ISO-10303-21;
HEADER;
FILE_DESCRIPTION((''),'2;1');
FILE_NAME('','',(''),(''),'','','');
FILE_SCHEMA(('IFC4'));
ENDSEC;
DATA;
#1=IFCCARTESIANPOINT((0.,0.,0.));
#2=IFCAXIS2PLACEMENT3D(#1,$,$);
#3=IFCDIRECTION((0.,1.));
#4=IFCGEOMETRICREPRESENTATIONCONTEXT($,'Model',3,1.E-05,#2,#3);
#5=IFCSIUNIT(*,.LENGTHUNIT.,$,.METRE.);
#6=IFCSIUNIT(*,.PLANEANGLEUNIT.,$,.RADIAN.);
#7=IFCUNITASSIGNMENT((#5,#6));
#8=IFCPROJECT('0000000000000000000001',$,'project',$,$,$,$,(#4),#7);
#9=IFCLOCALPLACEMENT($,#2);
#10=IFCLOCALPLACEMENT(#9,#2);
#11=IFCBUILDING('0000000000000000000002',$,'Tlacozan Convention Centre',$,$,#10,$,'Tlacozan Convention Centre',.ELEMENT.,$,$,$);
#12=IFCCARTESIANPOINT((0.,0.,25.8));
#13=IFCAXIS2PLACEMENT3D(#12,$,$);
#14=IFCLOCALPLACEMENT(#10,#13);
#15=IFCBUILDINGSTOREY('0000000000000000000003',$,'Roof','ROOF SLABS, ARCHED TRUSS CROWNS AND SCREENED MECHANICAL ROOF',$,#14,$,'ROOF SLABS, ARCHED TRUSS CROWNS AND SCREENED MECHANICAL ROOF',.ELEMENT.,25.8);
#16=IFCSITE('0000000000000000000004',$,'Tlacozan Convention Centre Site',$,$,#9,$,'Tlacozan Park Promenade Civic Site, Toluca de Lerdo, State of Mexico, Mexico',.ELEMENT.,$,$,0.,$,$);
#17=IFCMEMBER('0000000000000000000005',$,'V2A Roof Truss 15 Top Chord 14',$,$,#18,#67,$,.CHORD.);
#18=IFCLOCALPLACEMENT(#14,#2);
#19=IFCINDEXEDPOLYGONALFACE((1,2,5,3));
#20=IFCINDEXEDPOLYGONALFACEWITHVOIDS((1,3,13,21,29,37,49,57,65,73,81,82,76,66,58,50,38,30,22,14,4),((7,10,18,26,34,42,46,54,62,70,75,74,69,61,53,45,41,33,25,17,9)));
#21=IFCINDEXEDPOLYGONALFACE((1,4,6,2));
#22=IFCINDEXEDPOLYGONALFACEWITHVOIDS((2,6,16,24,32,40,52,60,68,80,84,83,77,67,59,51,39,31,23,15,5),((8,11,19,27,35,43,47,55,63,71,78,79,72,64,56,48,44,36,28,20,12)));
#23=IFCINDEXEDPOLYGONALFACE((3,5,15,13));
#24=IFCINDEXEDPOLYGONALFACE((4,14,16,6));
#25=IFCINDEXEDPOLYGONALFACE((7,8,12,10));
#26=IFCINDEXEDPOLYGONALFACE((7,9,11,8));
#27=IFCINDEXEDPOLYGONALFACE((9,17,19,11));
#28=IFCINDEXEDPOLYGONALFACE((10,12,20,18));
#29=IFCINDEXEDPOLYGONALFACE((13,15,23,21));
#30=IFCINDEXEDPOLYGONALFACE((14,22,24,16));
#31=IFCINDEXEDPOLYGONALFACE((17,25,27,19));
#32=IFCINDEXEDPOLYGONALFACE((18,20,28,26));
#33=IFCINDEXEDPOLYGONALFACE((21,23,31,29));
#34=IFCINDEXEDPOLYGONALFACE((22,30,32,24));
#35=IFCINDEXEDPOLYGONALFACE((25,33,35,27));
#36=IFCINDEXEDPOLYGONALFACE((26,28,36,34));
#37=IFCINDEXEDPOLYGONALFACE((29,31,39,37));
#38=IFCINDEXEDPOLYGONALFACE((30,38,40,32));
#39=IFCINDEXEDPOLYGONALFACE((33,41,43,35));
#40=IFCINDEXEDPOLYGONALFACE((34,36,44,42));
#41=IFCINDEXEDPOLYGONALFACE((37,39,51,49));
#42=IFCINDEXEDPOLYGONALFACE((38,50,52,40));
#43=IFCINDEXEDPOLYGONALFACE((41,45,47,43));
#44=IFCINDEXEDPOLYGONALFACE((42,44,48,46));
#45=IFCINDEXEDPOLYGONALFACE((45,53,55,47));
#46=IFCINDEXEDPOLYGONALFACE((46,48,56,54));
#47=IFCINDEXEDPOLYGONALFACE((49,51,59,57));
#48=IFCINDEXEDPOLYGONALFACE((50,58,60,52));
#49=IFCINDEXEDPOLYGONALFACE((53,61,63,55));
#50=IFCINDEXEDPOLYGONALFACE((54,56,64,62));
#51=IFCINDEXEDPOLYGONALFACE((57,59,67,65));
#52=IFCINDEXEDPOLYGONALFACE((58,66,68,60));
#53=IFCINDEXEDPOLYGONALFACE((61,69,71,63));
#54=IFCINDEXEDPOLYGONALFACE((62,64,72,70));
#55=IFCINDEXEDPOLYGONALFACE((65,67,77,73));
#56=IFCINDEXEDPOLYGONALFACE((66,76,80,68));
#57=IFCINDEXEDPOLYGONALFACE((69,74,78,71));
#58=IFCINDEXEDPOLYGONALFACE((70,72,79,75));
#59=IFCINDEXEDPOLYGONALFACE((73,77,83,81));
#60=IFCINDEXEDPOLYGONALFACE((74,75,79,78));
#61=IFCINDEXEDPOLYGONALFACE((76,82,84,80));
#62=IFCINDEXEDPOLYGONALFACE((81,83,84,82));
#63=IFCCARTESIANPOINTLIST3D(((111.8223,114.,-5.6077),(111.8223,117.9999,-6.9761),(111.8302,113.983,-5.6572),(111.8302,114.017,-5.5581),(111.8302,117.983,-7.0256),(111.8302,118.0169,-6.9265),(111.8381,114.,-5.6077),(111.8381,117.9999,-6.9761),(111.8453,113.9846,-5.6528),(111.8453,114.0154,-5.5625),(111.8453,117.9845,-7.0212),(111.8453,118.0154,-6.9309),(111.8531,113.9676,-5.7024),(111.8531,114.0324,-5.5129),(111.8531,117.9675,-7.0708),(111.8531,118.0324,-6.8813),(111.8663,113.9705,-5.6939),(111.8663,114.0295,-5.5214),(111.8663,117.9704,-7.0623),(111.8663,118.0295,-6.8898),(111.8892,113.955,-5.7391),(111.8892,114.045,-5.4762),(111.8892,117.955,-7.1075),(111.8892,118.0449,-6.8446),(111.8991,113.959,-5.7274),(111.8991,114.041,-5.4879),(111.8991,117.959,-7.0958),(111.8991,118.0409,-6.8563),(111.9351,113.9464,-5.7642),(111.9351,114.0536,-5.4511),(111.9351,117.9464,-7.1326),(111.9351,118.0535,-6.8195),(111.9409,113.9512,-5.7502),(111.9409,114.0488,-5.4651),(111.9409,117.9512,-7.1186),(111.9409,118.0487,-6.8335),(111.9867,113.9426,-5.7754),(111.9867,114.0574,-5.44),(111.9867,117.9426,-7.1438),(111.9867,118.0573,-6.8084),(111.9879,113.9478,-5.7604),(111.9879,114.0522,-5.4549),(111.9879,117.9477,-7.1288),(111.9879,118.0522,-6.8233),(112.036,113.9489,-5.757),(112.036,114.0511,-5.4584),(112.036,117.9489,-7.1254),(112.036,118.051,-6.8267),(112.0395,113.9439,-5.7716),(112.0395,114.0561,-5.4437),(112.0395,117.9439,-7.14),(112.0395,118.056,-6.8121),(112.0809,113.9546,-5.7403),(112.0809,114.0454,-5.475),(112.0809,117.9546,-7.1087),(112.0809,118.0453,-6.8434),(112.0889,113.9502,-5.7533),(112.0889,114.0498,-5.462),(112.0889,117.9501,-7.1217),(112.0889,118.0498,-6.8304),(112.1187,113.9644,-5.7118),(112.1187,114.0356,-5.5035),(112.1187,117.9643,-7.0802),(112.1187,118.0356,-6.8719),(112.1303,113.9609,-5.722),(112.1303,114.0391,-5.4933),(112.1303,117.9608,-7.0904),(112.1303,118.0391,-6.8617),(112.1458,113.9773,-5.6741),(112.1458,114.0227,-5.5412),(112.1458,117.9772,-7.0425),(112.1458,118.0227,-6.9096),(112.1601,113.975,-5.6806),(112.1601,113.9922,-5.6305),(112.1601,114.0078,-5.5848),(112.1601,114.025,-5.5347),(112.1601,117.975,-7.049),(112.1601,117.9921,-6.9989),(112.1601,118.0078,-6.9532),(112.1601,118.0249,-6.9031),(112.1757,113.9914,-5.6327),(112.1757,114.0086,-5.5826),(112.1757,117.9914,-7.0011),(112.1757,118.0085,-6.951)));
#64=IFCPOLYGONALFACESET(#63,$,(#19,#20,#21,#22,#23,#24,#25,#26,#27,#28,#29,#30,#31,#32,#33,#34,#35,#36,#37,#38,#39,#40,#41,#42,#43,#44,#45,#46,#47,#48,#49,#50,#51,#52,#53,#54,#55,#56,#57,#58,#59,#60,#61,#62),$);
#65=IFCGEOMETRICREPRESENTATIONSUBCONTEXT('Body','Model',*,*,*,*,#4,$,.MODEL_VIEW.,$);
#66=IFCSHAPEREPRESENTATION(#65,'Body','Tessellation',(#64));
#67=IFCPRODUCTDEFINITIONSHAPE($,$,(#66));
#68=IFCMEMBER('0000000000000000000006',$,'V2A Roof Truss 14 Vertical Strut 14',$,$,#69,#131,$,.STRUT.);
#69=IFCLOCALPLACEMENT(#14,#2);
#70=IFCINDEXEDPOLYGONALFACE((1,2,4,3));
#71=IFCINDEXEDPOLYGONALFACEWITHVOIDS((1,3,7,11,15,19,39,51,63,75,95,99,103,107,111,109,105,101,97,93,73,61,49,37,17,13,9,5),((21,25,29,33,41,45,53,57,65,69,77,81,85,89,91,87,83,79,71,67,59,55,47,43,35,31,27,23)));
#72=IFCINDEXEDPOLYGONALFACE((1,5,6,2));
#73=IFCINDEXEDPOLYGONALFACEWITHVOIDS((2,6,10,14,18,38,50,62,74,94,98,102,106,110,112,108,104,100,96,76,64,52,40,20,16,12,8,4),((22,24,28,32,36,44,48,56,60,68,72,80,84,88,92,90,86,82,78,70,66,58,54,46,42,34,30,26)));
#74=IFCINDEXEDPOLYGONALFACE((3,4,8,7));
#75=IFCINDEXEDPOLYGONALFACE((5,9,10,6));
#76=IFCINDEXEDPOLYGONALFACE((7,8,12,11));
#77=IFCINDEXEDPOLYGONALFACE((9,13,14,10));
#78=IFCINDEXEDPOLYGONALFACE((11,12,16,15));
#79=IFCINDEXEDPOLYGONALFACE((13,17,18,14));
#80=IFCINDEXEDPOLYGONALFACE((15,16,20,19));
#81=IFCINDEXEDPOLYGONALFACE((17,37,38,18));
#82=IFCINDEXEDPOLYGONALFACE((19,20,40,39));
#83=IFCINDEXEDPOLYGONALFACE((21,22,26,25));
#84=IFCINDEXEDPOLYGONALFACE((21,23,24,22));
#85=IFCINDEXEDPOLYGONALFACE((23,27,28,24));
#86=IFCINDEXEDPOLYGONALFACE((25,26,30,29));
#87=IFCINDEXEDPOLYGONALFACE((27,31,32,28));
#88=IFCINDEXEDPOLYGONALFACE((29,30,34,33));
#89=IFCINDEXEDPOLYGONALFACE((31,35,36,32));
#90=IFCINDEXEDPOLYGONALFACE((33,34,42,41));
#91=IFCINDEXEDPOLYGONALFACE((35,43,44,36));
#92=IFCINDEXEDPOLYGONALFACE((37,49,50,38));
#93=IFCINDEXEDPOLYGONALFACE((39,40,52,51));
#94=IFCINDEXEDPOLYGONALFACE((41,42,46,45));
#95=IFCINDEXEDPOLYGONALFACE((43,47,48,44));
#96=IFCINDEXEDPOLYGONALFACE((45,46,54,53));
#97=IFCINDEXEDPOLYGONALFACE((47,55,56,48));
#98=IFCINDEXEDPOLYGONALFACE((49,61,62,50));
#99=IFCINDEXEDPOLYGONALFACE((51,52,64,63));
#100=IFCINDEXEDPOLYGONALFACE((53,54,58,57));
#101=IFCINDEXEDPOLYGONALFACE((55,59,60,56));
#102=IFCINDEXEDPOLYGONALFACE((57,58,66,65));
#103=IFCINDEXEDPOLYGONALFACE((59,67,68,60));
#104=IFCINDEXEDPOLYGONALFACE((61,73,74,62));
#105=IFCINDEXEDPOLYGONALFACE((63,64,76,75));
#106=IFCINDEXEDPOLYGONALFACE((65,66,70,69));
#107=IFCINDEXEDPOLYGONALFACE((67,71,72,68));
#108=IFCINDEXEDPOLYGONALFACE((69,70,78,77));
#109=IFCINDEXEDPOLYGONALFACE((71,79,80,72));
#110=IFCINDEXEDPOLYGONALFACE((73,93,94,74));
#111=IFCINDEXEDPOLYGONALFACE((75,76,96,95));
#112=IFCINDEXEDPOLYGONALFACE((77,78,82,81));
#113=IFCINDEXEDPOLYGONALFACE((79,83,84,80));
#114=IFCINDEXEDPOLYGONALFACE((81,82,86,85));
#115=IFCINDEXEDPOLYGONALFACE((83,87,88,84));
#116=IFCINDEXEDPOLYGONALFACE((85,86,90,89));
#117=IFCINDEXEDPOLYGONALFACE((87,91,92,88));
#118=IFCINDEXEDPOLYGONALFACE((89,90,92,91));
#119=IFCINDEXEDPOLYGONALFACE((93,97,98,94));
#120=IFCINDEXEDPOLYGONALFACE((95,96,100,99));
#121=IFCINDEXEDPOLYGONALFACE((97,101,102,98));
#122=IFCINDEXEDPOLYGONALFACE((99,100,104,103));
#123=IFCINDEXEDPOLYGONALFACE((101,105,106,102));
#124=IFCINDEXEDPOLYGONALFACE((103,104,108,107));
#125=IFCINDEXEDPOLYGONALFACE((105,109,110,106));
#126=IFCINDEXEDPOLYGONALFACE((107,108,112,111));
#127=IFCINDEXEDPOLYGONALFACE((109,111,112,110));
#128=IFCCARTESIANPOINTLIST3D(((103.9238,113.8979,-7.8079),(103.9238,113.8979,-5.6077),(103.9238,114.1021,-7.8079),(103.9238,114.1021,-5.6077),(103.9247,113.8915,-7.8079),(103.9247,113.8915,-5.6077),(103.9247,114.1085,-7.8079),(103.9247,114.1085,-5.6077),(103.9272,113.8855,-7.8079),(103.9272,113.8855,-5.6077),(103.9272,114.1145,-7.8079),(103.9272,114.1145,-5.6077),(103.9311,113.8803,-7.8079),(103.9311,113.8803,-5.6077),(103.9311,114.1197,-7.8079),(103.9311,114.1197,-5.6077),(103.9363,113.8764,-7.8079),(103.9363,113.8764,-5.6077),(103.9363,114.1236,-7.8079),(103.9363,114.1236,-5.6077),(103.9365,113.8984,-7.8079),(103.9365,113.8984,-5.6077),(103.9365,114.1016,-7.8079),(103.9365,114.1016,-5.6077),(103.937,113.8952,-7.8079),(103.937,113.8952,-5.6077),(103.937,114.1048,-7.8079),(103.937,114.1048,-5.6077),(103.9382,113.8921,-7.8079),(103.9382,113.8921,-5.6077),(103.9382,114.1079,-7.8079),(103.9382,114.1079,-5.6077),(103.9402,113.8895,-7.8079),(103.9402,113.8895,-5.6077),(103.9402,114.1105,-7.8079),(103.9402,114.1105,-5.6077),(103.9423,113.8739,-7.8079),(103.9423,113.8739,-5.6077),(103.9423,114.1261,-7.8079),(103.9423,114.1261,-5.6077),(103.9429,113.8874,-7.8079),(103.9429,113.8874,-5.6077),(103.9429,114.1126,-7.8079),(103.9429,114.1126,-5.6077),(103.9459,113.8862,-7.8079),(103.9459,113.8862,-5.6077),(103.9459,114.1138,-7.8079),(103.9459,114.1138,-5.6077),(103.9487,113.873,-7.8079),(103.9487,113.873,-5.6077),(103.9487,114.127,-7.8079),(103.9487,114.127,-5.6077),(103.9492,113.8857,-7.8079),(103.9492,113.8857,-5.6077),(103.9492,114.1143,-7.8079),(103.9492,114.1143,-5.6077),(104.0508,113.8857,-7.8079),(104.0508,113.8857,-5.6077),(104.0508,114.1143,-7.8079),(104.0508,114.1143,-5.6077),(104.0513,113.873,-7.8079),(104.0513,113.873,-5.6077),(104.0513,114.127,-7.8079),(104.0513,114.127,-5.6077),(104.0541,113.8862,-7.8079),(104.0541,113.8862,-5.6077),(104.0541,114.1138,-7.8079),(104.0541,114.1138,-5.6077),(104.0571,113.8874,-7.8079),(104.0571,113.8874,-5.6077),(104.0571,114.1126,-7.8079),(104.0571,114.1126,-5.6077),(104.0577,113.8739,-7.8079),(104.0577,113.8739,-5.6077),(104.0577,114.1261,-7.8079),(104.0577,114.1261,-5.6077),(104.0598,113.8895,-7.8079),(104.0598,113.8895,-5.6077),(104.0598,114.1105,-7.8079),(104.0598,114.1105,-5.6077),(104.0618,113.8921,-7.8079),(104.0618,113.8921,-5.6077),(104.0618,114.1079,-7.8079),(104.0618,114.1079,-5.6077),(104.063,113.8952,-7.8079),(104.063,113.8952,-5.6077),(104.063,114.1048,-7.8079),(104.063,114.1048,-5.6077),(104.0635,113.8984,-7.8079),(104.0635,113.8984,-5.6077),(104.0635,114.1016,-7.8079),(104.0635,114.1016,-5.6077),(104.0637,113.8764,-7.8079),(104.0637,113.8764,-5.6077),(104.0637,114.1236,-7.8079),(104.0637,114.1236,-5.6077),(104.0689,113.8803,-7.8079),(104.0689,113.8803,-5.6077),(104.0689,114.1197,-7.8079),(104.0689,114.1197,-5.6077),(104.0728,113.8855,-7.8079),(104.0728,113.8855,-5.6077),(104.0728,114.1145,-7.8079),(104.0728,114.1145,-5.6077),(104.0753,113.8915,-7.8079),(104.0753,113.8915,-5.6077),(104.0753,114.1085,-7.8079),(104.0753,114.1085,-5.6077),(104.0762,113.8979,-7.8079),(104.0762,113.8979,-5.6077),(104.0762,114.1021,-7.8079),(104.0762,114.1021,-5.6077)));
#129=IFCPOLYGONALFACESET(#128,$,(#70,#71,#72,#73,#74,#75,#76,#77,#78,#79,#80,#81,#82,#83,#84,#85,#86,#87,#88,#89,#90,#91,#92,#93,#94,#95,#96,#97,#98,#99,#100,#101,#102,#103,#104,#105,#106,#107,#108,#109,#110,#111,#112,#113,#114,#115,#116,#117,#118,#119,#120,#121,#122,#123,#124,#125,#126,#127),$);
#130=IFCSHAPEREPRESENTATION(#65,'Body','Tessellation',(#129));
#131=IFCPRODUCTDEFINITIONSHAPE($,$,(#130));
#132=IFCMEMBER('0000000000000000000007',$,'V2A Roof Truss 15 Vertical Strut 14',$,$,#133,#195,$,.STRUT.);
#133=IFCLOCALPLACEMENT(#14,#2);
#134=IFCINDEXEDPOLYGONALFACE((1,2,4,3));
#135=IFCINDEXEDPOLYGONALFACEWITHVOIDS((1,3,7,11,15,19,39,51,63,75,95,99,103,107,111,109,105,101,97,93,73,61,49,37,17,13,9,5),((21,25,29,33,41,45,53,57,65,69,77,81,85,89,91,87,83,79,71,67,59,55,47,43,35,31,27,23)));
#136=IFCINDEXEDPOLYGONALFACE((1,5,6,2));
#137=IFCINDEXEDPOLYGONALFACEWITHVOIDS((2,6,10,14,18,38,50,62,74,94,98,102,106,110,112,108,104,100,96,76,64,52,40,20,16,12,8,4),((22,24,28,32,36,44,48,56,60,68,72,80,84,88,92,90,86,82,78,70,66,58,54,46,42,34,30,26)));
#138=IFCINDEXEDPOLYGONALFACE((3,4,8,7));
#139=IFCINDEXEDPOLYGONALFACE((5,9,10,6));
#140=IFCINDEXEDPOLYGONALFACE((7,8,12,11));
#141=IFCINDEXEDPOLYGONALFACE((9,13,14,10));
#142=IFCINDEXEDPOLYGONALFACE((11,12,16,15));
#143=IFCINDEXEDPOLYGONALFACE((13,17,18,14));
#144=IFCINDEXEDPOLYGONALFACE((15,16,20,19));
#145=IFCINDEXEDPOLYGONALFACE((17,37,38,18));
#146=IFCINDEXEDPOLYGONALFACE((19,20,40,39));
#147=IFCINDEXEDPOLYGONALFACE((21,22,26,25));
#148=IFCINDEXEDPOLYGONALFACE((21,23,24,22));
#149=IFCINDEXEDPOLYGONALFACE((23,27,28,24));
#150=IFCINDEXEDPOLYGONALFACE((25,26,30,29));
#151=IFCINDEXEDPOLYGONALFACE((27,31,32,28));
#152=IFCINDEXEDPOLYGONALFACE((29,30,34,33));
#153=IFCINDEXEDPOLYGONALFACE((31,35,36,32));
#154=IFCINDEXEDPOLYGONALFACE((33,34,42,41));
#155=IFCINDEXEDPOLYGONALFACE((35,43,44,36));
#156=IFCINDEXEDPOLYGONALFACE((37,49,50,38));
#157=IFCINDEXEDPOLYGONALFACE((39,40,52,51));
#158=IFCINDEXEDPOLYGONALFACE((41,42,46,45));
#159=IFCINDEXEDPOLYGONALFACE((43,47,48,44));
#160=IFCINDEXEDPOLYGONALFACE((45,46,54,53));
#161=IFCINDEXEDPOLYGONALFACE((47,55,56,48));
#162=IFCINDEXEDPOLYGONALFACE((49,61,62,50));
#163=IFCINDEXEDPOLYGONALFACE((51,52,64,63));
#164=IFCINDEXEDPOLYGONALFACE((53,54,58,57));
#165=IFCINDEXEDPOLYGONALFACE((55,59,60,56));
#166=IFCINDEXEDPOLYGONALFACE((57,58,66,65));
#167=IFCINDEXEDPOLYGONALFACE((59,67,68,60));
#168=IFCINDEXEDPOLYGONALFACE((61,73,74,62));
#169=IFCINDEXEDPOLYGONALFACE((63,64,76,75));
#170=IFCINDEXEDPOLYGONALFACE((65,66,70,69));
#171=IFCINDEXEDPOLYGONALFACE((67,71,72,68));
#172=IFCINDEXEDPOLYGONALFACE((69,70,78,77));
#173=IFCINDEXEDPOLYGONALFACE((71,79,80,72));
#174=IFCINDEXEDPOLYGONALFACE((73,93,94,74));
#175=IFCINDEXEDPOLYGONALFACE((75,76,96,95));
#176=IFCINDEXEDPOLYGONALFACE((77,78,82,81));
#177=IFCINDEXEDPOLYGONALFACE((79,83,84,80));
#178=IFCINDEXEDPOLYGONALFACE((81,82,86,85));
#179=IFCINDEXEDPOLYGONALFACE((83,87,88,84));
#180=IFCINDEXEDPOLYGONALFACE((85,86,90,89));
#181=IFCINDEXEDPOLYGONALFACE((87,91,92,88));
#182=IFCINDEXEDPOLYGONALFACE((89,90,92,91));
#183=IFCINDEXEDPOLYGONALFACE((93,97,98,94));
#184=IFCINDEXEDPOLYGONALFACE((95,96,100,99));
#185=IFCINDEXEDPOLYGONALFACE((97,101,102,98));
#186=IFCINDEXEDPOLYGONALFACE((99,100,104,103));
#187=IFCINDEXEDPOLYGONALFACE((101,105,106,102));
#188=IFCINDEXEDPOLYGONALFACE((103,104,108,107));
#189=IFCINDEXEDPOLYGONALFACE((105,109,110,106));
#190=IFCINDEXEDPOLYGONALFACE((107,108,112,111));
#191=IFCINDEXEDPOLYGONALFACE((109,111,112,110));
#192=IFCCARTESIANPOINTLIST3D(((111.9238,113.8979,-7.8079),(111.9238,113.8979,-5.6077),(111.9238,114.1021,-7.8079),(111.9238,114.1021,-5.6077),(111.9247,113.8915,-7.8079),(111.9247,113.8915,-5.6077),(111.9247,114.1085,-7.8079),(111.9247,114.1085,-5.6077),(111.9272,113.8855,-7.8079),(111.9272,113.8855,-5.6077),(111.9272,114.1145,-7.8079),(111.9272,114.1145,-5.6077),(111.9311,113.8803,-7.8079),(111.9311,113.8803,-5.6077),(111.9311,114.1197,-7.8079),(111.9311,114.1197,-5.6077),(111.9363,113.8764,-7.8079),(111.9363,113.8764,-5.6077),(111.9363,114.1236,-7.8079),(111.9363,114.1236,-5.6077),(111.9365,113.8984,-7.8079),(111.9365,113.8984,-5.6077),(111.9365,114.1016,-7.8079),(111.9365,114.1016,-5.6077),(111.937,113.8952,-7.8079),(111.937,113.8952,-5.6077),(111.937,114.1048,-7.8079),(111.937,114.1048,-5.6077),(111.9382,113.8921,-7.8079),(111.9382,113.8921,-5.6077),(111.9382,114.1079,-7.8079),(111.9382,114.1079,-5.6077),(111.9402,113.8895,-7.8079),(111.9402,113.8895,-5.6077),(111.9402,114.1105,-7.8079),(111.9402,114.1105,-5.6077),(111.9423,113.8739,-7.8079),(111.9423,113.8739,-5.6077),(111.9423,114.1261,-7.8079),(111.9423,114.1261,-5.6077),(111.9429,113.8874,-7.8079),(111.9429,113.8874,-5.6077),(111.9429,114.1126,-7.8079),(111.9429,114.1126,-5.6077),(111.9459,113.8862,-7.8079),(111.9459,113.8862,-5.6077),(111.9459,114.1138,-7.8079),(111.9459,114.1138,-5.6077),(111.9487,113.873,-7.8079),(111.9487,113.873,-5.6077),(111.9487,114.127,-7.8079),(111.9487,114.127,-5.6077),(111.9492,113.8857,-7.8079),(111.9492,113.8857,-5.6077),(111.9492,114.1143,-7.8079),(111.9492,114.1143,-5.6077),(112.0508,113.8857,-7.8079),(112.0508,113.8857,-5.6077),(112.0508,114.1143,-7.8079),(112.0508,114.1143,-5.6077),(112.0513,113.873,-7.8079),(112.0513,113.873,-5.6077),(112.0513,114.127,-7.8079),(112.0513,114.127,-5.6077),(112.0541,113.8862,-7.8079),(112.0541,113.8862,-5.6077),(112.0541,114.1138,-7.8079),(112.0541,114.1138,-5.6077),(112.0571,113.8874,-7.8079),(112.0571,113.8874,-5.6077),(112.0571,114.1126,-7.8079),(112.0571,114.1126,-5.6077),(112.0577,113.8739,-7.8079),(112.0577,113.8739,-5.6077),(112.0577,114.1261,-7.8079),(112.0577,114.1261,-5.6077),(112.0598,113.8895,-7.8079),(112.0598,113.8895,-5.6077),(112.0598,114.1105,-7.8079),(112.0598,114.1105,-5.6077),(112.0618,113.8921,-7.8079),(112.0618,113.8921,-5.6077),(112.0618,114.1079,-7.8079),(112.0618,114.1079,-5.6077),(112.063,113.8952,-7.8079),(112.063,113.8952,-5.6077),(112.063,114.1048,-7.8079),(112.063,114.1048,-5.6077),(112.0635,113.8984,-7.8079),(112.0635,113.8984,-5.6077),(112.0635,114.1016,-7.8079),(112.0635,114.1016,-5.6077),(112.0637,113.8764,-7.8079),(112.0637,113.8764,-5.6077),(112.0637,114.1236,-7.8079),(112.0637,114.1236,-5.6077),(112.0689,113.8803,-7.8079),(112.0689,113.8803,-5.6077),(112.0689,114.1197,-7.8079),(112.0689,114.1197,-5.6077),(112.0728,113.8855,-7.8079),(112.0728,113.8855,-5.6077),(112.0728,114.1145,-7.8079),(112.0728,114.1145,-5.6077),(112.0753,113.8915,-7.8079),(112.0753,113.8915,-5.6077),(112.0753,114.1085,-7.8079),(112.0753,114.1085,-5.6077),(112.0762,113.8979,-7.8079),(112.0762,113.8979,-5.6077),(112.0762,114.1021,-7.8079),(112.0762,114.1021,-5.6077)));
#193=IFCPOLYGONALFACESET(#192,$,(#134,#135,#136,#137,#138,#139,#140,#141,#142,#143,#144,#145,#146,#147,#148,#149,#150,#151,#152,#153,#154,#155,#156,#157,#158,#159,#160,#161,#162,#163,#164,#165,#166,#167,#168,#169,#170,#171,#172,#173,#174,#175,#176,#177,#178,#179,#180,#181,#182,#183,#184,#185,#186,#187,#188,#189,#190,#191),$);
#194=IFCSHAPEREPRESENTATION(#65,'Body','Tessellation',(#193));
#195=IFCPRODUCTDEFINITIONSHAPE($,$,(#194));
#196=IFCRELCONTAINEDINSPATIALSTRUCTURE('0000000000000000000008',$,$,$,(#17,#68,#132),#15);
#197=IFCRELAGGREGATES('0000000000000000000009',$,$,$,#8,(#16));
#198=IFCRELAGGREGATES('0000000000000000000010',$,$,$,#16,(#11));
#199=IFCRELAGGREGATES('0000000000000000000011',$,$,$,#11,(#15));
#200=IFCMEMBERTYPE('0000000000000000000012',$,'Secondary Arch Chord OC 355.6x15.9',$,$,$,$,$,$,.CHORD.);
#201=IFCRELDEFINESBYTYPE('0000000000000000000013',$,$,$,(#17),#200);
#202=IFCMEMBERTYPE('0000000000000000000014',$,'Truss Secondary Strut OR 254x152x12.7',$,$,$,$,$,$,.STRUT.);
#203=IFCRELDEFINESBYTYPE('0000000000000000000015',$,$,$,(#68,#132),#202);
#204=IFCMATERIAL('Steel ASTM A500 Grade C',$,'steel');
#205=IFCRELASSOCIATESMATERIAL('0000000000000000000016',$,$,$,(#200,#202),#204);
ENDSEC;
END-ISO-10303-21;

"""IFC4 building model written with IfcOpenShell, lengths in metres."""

from ifc_helpers import new_model, si_unit, direction, frame, origin, origin_2d, place, context, subcontext, project, spatial, hollow_rectangle, hollow_circle, extrude, material, material_profile, profile_set, type_object, element, save


model = new_model("IFC4")

# Units and contexts
model_context = context("Model", 3, precision=1e-05, world=origin(), true_north=direction((0.0, 1.0)))
body_context = subcontext(model_context, "Body", "Model", "MODEL_VIEW")
ifc_project = project(units=[si_unit("LENGTHUNIT", "METRE"), si_unit("PLANEANGLEUNIT", "RADIAN")], contexts=[model_context])

# Site, building, storey
site_placement = place(None, origin())
site = spatial("IfcSite", under=ifc_project, at=site_placement, Name="Tlacozan Convention Centre Site", LongName="Tlacozan Park Promenade Civic Site, Toluca de Lerdo, State of Mexico, Mexico", CompositionType="ELEMENT", RefElevation=0.0)
building_placement = place(site_placement, origin())
building = spatial("IfcBuilding", under=site, at=building_placement, Name="Tlacozan Convention Centre", LongName="Tlacozan Convention Centre", CompositionType="ELEMENT")
storey_placement = place(building_placement, frame((0.0, 0.0, 25.8)))
storey = spatial("IfcBuildingStorey", under=building, at=storey_placement, Name="Roof", Description="ROOF SLABS, ARCHED TRUSS CROWNS AND SCREENED MECHANICAL ROOF", LongName="ROOF SLABS, ARCHED TRUSS CROWNS AND SCREENED MECHANICAL ROOF", CompositionType="ELEMENT", Elevation=25.8)

# Members
ifc_material_1 = material(Name="Steel ASTM A500 Grade C", Category="steel")
ifc_material_profile_1 = material_profile(ifc_material_1, hollow_circle(Radius=0.1777, WallThickness=0.0159, at=origin_2d()), Name="OC 355.6x15.9")
ifc_profile_set_1 = profile_set([ifc_material_profile_1], Name="Steel ASTM A500 Grade C")
member_type_1 = type_object("IfcMemberType", Name="Secondary Arch Chord OC 355.6x15.9", PredefinedType="CHORD", material=ifc_profile_set_1)
member_1_placement = place(storey_placement, frame((112.0, 114.0, -5.6077), z_axis=(0.0, 0.946165, -0.323685), x_axis=(-1.0, 0.0, 0.0)))
element("IfcMember", 1, at=member_1_placement, inside=storey, type_object=member_type_1, Name="V2A Roof Truss 15 Top Chord 14", PredefinedType="CHORD", context=body_context, shape_type="SweptSolid", body=[
    extrude(hollow_circle(Radius=0.1777, WallThickness=0.0159, at=origin_2d()), origin(), (0.0, 0.0, 1.0), 4.2275),
])
ifc_material_profile_2 = material_profile(ifc_material_1, hollow_rectangle(XDim=0.1523, YDim=0.2539, WallThickness=0.0127, InnerFilletRadius=0.0127, OuterFilletRadius=0.0249, at=origin_2d()), Name="OR 254x152x12.7")
ifc_profile_set_2 = profile_set([ifc_material_profile_2], Name="Steel ASTM A500 Grade C")
member_type_2 = type_object("IfcMemberType", Name="Truss Secondary Strut OR 254x152x12.7", PredefinedType="STRUT", material=ifc_profile_set_2)
for number, where, z_axis, x_axis, name in (
    (2, (104.0, 114.0, -7.8079), (0.0, 0.0, 1.0), (1.0, 0.0, 0.0), "V2A Roof Truss 14 Vertical Strut 14"),
    (3, (112.0, 114.0, -7.8079), (0.0, 0.0, 1.0), (1.0, 0.0, 0.0), "V2A Roof Truss 15 Vertical Strut 14"),
):
    element("IfcMember", number, at=place(storey_placement, frame(where, z_axis=z_axis, x_axis=x_axis)), inside=storey, type_object=member_type_2, Name=name, PredefinedType="STRUT", context=body_context, shape_type="SweptSolid", body=[
        extrude(hollow_rectangle(XDim=0.1523, YDim=0.2539, WallThickness=0.0127, InnerFilletRadius=0.0127, OuterFilletRadius=0.0249, at=origin_2d()), origin(), (0.0, 0.0, 1.0), 2.2002),
    ])

save(model, "model.ifc")
